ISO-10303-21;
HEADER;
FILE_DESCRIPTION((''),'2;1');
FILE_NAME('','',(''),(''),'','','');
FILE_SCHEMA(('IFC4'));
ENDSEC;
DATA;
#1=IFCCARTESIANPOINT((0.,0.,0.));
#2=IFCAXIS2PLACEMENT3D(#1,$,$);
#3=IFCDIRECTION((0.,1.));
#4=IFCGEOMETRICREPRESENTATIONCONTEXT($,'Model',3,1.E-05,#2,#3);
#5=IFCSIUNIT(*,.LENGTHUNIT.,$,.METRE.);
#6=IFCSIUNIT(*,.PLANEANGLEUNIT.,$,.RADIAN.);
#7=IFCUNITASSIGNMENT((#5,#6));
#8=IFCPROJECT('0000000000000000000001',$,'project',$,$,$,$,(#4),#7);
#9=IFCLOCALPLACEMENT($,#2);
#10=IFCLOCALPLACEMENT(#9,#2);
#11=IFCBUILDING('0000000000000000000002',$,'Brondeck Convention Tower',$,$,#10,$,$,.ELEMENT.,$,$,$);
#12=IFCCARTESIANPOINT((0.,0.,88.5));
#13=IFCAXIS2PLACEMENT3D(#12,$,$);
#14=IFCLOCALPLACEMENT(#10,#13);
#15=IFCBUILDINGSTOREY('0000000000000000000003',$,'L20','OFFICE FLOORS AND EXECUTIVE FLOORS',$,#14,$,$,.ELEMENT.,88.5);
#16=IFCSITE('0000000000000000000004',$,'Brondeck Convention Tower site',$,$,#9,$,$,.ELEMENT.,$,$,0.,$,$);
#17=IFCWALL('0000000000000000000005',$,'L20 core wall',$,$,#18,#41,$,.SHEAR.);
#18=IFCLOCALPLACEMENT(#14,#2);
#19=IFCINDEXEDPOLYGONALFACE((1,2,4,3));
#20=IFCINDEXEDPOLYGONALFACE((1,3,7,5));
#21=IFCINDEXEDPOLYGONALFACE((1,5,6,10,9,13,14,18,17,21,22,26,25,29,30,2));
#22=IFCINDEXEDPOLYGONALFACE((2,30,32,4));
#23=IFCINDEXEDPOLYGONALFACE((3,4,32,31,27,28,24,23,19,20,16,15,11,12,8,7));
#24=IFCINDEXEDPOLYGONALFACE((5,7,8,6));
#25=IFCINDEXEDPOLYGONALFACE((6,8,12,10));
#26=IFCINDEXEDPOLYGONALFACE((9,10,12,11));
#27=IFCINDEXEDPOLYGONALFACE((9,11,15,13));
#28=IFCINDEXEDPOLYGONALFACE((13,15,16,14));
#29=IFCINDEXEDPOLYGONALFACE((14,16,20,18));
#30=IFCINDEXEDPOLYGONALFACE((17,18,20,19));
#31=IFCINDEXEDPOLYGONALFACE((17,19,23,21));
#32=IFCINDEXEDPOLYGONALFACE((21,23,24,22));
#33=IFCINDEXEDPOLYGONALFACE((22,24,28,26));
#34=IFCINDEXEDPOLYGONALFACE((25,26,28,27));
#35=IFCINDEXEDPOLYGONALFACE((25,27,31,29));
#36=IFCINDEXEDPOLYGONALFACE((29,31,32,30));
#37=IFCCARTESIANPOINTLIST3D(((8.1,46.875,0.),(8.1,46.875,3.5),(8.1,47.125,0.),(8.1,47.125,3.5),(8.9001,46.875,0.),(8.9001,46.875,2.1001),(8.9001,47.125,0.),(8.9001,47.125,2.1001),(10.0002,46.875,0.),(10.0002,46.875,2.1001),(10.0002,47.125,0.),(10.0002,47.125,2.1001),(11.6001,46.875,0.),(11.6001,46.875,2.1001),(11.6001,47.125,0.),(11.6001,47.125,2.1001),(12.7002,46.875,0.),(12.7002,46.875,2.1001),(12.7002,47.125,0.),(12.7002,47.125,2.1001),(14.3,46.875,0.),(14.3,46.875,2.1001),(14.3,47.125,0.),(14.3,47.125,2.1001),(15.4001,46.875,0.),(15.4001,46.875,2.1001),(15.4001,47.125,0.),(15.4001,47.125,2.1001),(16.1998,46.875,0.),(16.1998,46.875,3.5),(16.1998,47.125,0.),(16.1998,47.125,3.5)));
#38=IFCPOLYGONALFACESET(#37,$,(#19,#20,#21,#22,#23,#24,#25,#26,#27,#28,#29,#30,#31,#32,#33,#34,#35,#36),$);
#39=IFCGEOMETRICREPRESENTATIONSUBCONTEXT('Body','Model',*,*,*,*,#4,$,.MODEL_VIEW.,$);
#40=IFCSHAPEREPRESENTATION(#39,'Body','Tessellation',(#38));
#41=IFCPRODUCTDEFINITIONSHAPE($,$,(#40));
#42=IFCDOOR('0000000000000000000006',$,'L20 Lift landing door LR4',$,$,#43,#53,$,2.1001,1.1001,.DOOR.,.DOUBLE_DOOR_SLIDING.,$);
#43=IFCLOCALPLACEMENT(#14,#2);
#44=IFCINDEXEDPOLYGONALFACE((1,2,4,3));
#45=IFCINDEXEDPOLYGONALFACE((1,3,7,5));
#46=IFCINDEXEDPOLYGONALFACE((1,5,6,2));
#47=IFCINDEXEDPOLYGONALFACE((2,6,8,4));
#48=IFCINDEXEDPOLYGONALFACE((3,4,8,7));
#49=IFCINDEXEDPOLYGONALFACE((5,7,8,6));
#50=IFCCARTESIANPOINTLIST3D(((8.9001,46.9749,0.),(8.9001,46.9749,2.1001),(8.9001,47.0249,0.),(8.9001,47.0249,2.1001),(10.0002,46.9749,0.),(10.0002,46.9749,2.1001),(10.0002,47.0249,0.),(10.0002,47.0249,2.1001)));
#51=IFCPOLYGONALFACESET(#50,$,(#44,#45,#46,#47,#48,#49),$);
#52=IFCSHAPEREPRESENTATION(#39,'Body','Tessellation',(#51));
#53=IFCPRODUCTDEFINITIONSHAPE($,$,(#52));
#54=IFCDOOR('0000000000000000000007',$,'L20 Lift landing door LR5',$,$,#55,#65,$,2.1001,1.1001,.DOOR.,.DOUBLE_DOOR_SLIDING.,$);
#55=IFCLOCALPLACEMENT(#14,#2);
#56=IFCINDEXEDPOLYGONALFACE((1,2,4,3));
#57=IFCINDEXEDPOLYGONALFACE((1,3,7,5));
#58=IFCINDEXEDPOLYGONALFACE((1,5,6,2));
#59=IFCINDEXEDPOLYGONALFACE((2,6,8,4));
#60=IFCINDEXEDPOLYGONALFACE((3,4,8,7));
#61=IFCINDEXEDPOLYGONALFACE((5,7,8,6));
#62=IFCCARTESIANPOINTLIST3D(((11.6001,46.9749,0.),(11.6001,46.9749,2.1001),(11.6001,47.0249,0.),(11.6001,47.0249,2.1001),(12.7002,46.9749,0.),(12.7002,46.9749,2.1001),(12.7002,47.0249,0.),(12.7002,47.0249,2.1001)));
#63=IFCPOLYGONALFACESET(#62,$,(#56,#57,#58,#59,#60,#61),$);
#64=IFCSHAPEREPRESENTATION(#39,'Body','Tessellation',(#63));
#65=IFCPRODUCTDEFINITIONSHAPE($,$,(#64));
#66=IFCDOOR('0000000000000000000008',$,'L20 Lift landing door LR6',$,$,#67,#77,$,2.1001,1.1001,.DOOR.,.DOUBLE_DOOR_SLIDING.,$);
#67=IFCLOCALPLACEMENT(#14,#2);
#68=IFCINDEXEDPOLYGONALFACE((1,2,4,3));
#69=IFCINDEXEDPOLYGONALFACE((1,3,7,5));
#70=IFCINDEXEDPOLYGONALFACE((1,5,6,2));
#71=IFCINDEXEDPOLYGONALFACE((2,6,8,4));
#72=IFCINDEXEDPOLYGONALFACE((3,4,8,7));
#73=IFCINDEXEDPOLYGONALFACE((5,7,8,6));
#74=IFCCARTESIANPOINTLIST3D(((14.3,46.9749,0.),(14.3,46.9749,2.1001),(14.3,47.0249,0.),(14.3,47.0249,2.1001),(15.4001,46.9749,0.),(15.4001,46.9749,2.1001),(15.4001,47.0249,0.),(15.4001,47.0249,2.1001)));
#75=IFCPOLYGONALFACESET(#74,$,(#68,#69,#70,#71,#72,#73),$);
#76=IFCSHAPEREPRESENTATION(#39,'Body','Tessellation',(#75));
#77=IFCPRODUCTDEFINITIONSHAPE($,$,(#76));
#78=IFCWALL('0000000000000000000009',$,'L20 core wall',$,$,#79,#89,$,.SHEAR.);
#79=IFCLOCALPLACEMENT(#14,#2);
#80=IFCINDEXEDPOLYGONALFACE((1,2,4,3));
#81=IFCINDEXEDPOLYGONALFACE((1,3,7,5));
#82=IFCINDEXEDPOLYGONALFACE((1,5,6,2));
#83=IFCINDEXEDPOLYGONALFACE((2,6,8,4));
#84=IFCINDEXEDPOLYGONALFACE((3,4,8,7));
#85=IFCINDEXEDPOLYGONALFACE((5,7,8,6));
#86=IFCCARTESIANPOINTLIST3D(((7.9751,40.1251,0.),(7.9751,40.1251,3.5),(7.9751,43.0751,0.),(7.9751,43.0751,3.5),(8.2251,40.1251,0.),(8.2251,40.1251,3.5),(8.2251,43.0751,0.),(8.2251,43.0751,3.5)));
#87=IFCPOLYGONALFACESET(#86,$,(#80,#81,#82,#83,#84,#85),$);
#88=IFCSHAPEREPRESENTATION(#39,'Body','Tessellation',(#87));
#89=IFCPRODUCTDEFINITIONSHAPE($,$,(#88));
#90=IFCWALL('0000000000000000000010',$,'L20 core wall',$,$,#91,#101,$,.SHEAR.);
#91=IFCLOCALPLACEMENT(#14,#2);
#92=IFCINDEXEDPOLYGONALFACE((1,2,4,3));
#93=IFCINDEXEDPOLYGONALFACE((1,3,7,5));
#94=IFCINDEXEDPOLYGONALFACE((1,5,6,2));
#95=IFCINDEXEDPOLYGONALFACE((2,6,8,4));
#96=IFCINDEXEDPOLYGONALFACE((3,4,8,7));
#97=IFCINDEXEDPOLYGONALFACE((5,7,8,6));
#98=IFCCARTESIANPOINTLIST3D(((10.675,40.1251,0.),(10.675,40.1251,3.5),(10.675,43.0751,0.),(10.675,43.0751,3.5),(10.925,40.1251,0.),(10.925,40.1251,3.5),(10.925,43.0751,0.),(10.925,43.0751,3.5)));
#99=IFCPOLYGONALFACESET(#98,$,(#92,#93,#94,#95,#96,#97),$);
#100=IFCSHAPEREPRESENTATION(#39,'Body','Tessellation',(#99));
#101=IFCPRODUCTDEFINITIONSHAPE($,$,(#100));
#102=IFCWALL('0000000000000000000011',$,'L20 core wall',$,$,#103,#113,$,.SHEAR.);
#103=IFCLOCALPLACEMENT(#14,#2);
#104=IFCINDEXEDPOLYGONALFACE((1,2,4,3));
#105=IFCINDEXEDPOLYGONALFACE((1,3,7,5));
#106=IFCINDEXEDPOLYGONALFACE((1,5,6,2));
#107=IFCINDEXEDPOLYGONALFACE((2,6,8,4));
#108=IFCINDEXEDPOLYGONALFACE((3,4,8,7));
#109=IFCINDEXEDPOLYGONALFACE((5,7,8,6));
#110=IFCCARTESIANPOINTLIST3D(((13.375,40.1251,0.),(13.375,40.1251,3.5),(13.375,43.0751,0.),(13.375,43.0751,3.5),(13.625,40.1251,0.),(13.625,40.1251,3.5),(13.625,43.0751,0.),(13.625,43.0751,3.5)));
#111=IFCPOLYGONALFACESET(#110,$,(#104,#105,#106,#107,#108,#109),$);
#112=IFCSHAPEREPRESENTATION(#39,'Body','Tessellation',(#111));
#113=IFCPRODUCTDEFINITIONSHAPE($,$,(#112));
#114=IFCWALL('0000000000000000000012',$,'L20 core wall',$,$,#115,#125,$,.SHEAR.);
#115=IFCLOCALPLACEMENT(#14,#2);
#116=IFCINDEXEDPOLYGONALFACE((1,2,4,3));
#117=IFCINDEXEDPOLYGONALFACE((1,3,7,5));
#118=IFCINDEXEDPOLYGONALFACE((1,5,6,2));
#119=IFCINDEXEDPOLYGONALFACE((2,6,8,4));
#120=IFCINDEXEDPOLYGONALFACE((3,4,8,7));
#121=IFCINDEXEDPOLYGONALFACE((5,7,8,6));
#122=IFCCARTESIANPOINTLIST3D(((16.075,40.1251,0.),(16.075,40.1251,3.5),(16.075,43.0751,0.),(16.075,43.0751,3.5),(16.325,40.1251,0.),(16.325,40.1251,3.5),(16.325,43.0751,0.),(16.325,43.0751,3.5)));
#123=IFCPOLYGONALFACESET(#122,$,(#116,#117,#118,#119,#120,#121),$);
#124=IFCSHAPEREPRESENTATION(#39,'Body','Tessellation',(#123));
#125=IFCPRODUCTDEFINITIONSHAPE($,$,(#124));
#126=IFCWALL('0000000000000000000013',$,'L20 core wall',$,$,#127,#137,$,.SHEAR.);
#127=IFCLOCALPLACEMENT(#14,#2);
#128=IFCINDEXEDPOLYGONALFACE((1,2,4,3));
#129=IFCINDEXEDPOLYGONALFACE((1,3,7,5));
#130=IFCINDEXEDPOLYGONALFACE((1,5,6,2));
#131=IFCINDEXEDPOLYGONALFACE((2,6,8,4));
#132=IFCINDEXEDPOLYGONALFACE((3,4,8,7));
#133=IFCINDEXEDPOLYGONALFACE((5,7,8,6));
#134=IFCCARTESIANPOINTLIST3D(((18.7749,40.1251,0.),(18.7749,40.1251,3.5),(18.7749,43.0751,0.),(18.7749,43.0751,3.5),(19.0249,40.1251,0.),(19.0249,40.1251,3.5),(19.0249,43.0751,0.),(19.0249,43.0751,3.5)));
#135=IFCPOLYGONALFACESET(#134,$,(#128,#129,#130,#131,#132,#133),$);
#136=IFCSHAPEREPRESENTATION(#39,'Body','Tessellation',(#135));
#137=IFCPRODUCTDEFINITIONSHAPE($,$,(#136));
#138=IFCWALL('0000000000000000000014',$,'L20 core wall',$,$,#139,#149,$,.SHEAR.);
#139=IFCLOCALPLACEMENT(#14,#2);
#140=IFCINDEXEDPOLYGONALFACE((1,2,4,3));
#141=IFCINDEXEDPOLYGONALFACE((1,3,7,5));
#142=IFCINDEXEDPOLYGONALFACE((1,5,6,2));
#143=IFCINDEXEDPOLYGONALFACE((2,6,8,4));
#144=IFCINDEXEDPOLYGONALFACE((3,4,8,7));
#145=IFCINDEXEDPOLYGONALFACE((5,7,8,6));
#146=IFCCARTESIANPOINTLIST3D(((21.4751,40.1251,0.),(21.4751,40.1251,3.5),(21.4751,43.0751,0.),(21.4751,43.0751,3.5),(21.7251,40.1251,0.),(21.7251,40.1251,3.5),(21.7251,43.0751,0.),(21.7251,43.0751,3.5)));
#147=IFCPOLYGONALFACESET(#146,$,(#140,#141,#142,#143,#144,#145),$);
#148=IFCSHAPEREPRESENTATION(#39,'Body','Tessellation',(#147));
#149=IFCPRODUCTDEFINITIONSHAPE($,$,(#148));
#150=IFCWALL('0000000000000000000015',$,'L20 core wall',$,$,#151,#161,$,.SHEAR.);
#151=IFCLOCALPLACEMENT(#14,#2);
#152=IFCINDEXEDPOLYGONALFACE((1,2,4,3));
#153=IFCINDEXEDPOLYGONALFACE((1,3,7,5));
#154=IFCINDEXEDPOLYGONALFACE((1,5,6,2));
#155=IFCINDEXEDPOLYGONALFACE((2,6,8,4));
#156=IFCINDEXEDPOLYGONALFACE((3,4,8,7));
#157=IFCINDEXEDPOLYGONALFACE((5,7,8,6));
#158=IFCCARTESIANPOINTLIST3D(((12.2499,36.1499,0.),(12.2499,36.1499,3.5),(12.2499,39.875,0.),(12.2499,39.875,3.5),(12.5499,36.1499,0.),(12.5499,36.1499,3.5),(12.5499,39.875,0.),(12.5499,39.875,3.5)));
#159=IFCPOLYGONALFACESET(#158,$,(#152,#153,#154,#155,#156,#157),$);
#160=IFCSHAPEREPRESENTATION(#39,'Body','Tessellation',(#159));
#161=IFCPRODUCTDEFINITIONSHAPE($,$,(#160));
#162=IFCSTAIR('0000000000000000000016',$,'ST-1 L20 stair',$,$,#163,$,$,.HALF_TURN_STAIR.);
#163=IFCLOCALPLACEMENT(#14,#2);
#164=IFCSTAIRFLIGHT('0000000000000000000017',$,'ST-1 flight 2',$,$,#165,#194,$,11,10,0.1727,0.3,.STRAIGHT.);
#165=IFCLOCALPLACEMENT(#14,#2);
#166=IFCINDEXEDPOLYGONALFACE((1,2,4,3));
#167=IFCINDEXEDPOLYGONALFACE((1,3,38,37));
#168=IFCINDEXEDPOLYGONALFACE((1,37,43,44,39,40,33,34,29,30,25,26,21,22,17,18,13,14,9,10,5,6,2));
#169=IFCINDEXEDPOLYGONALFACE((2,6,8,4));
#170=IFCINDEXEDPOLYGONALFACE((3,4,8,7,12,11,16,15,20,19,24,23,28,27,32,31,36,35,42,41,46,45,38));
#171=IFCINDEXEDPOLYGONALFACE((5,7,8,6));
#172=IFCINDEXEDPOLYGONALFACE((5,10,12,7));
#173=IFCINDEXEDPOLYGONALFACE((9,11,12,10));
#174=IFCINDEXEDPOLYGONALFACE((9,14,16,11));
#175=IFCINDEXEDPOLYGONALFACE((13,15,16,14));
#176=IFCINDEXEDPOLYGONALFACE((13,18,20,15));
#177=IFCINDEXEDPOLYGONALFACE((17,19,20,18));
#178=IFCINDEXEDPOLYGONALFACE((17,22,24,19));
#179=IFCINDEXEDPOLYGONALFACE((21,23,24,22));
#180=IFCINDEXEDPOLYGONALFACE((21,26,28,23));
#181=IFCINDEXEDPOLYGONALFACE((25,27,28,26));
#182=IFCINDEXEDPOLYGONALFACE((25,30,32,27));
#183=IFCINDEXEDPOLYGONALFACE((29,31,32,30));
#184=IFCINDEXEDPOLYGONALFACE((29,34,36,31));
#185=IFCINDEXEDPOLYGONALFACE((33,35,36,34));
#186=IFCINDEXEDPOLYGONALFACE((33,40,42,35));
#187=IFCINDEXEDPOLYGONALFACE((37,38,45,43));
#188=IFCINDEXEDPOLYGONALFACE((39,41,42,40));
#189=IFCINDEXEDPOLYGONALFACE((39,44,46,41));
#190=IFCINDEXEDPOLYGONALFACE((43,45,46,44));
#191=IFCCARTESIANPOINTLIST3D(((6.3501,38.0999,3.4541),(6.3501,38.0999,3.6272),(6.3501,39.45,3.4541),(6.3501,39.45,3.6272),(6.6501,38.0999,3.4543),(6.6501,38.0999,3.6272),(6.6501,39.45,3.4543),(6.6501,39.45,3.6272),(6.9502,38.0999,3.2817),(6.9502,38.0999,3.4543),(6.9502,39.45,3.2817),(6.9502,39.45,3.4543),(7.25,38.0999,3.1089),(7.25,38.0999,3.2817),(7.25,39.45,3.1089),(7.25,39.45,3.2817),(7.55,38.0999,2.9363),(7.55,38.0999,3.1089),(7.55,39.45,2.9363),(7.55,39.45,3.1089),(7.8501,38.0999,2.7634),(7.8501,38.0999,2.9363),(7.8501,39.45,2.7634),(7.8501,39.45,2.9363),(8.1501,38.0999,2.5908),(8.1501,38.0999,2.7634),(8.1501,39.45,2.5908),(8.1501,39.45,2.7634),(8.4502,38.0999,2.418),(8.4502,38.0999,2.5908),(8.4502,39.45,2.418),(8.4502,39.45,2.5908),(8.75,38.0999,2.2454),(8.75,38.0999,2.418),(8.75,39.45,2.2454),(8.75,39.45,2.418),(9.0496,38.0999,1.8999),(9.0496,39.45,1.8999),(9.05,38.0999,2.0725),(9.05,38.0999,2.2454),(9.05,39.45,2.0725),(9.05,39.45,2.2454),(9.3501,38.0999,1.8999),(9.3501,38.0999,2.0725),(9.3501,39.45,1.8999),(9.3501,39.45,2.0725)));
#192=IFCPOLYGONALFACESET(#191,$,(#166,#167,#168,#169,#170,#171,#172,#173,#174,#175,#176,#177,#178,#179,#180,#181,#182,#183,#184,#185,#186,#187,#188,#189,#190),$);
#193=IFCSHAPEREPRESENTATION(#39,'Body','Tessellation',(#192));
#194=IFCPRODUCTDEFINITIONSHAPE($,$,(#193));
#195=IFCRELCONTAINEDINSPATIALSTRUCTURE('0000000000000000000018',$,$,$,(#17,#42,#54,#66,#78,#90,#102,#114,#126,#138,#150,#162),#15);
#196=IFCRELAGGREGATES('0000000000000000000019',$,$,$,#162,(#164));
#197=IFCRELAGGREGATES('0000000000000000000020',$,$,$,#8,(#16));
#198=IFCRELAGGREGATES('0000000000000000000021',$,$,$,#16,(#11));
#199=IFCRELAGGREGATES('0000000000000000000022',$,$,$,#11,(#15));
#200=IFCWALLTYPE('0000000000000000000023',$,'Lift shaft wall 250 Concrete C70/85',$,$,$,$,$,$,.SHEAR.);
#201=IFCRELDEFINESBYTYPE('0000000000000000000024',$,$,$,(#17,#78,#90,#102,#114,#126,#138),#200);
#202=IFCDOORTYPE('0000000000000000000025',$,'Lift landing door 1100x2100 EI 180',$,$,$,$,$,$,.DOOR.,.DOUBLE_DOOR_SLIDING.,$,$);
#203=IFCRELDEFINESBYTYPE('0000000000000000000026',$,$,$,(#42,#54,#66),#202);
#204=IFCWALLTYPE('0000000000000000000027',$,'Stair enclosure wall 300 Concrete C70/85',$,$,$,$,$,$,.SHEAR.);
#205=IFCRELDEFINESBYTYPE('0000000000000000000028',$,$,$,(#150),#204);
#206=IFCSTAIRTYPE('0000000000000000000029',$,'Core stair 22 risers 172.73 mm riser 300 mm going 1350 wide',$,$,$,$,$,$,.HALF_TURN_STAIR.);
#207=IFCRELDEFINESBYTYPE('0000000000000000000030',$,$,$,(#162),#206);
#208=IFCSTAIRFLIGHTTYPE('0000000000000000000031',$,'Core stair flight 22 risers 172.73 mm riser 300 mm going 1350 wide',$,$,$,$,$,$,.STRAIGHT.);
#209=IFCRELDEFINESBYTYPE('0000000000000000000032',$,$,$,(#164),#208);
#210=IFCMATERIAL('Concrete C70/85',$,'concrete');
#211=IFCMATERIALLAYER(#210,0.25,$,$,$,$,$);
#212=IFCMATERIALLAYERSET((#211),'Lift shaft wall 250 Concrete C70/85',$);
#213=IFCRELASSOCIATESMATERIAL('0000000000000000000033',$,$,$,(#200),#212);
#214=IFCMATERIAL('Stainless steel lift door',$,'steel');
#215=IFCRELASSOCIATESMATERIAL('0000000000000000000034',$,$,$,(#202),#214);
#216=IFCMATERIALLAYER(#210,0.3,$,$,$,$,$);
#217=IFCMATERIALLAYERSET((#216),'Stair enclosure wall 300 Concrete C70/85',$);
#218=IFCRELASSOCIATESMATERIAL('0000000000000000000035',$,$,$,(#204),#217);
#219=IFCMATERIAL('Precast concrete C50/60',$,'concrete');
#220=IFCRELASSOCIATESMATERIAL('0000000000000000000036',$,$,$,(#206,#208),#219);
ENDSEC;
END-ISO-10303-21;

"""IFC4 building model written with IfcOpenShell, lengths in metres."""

from ifc_helpers import new_model, si_unit, direction, frame, frame_2d, origin, place, context, subcontext, project, spatial, polyline, rectangle, outline, extrude, material, layer, layer_set, type_object, element, fill, aggregate, save


model = new_model("IFC4")

# Units and contexts
model_context = context("Model", 3, precision=1e-05, world=origin(), true_north=direction((0.0, 1.0)))
body_context = subcontext(model_context, "Body", "Model", "MODEL_VIEW")
ifc_project = project(units=[si_unit("LENGTHUNIT", "METRE"), si_unit("PLANEANGLEUNIT", "RADIAN")], contexts=[model_context])

# Site, building, storey
site_placement = place(None, origin())
site = spatial("IfcSite", under=ifc_project, at=site_placement, Name="Brondeck Convention Tower site", CompositionType="ELEMENT", RefElevation=0.0)
building_placement = place(site_placement, origin())
building = spatial("IfcBuilding", under=site, at=building_placement, Name="Brondeck Convention Tower", CompositionType="ELEMENT")
storey_placement = place(building_placement, frame((0.0, 0.0, 88.5)))
storey = spatial("IfcBuildingStorey", under=building, at=storey_placement, Name="L20", Description="OFFICE FLOORS AND EXECUTIVE FLOORS", CompositionType="ELEMENT", Elevation=88.5)

# Wall, openings, doors
ifc_material_1 = material(Name="Concrete C70/85", Category="concrete")
ifc_layer_1 = layer(ifc_material_1, 0.25)
ifc_layer_set_1 = layer_set([ifc_layer_1], Name="Lift shaft wall 250 Concrete C70/85")
wall_type_1 = type_object("IfcWallType", Name="Lift shaft wall 250 Concrete C70/85", PredefinedType="SHEAR", material=ifc_layer_set_1)
ifc_material_2 = material(Name="Stainless steel lift door", Category="steel")
door_type_1 = type_object("IfcDoorType", Name="Lift landing door 1100x2100 EI 180", OperationType="DOUBLE_DOOR_SLIDING", PredefinedType="DOOR", material=ifc_material_2)
wall_1_placement = place(storey_placement, frame((8.1001, 47.0, 0.0), z_axis=(0.0, 0.0, 1.0), x_axis=(1.0, 0.0, 0.0)))
wall_1 = element("IfcWall", 1, at=wall_1_placement, inside=storey, type_object=wall_type_1, Name="L20 core wall", PredefinedType="SHEAR", context=body_context, shape_type="SweptSolid", body=[
    extrude(rectangle(XDim=8.0999, YDim=0.25, at=frame_2d((4.0498, 0.0))), origin(), (0.0, 0.0, 1.0), 3.5),
])
opening_1_placement = place(wall_1_placement, frame((0.8, 0.0, 0.0)))
opening_1 = element("IfcOpeningElement", 2, at=opening_1_placement, cuts=wall_1, PredefinedType="OPENING", context=body_context, shape_type="SweptSolid", body=[
    extrude(rectangle(XDim=1.1001, YDim=2.1001, at=frame_2d((0.55, 1.05))), frame((0.0, 0.135, 0.0), z_axis=(0.0, -1.0, 0.0), x_axis=(1.0, 0.0, 0.0)), (0.0, 0.0, 1.0), 0.27),
])
opening_2_placement = place(wall_1_placement, frame((3.5, 0.0, 0.0)))
opening_2 = element("IfcOpeningElement", 3, at=opening_2_placement, cuts=wall_1, PredefinedType="OPENING", context=body_context, shape_type="SweptSolid", body=[
    extrude(rectangle(XDim=1.1001, YDim=2.1001, at=frame_2d((0.55, 1.05))), frame((0.0, 0.135, 0.0), z_axis=(0.0, -1.0, 0.0), x_axis=(1.0, 0.0, 0.0)), (0.0, 0.0, 1.0), 0.27),
])
opening_3_placement = place(wall_1_placement, frame((6.2, 0.0, 0.0)))
opening_3 = element("IfcOpeningElement", 4, at=opening_3_placement, cuts=wall_1, PredefinedType="OPENING", context=body_context, shape_type="SweptSolid", body=[
    extrude(rectangle(XDim=1.1001, YDim=2.1001, at=frame_2d((0.55, 1.05))), frame((0.0, 0.135, 0.0), z_axis=(0.0, -1.0, 0.0), x_axis=(1.0, 0.0, 0.0)), (0.0, 0.0, 1.0), 0.27),
])
door_1_placement = place(opening_1_placement, origin())
door_1 = element("IfcDoor", 5, at=door_1_placement, inside=storey, type_object=door_type_1, Name="L20 Lift landing door LR4", OperationType="DOUBLE_DOOR_SLIDING", OverallHeight=2.1001, OverallWidth=1.1001, PredefinedType="DOOR", context=body_context, shape_type="SweptSolid", body=[
    extrude(rectangle(XDim=1.1001, YDim=2.1001, at=frame_2d((0.55, 1.05))), frame((0.0, 0.0249, 0.0), z_axis=(0.0, -1.0, 0.0), x_axis=(1.0, 0.0, 0.0)), (0.0, 0.0, 1.0), 0.05),
])
fill(opening_1, door_1)
door_2_placement = place(opening_2_placement, origin())
door_2 = element("IfcDoor", 6, at=door_2_placement, inside=storey, type_object=door_type_1, Name="L20 Lift landing door LR5", OperationType="DOUBLE_DOOR_SLIDING", OverallHeight=2.1001, OverallWidth=1.1001, PredefinedType="DOOR", context=body_context, shape_type="SweptSolid", body=[
    extrude(rectangle(XDim=1.1001, YDim=2.1001, at=frame_2d((0.55, 1.05))), frame((0.0, 0.0249, 0.0), z_axis=(0.0, -1.0, 0.0), x_axis=(1.0, 0.0, 0.0)), (0.0, 0.0, 1.0), 0.05),
])
fill(opening_2, door_2)
door_3_placement = place(opening_3_placement, origin())
door_3 = element("IfcDoor", 7, at=door_3_placement, inside=storey, type_object=door_type_1, Name="L20 Lift landing door LR6", OperationType="DOUBLE_DOOR_SLIDING", OverallHeight=2.1001, OverallWidth=1.1001, PredefinedType="DOOR", context=body_context, shape_type="SweptSolid", body=[
    extrude(rectangle(XDim=1.1001, YDim=2.1001, at=frame_2d((0.55, 1.05))), frame((0.0, 0.0249, 0.0), z_axis=(0.0, -1.0, 0.0), x_axis=(1.0, 0.0, 0.0)), (0.0, 0.0, 1.0), 0.05),
])
fill(opening_3, door_3)

# Walls
for number, where, z_axis, x_axis, name in (
    (8, (8.1001, 40.125, 0.0), (0.0, 0.0, 1.0), (0.0, 1.0, 0.0), "L20 core wall"),
    (9, (10.8, 40.125, 0.0), (0.0, 0.0, 1.0), (0.0, 1.0, 0.0), "L20 core wall"),
    (10, (13.5, 40.125, 0.0), (0.0, 0.0, 1.0), (0.0, 1.0, 0.0), "L20 core wall"),
    (11, (16.2, 40.125, 0.0), (0.0, 0.0, 1.0), (0.0, 1.0, 0.0), "L20 core wall"),
    (12, (18.8999, 40.125, 0.0), (0.0, 0.0, 1.0), (0.0, 1.0, 0.0), "L20 core wall"),
    (13, (21.6001, 40.125, 0.0), (0.0, 0.0, 1.0), (0.0, 1.0, 0.0), "L20 core wall"),
):
    element("IfcWall", number, at=place(storey_placement, frame(where, z_axis=z_axis, x_axis=x_axis)), inside=storey, type_object=wall_type_1, Name=name, PredefinedType="SHEAR", context=body_context, shape_type="SweptSolid", body=[
        extrude(rectangle(XDim=2.95, YDim=0.25, at=frame_2d((1.4751, 0.0))), origin(), (0.0, 0.0, 1.0), 3.5),
    ])
ifc_layer_2 = layer(ifc_material_1, 0.3)
ifc_layer_set_2 = layer_set([ifc_layer_2], Name="Stair enclosure wall 300 Concrete C70/85")
wall_type_2 = type_object("IfcWallType", Name="Stair enclosure wall 300 Concrete C70/85", PredefinedType="SHEAR", material=ifc_layer_set_2)
wall_2_placement = place(storey_placement, frame((12.3999, 36.1499, 0.0), z_axis=(0.0, 0.0, 1.0), x_axis=(0.0, 1.0, 0.0)))
element("IfcWall", 14, at=wall_2_placement, inside=storey, type_object=wall_type_2, Name="L20 core wall", PredefinedType="SHEAR", context=body_context, shape_type="SweptSolid", body=[
    extrude(rectangle(XDim=3.7251, YDim=0.3, at=frame_2d((1.8625, 0.0))), origin(), (0.0, 0.0, 1.0), 3.5),
])

# Stair, stair flight
ifc_material_3 = material(Name="Precast concrete C50/60", Category="concrete")
stair_type = type_object("IfcStairType", Name="Core stair 22 risers 172.73 mm riser 300 mm going 1350 wide", PredefinedType="HALF_TURN_STAIR", material=ifc_material_3)
stair_placement = place(storey_placement, origin())
stair = element("IfcStair", 15, at=stair_placement, inside=storey, type_object=stair_type, Name="ST-1 L20 stair", PredefinedType="HALF_TURN_STAIR")
stair_flight_type = type_object("IfcStairFlightType", Name="Core stair flight 22 risers 172.73 mm riser 300 mm going 1350 wide", PredefinedType="STRAIGHT", material=ifc_material_3)
stair_flight_placement = place(storey_placement, frame((9.3501, 38.7749, 1.8999), z_axis=(0.0, 0.0, 1.0), x_axis=(-1.0, 0.0, 0.0)))
stair_flight = element("IfcStairFlight", 16, at=stair_flight_placement, type_object=stair_flight_type, Name="ST-1 flight 2", NumberOfRisers=11, NumberOfTreads=10, PredefinedType="STRAIGHT", RiserHeight=0.1727, TreadLength=0.3, context=body_context, shape_type="SweptSolid", body=[
    extrude(outline(polyline([(0.0, 0.0), (0.0, 0.1726), (0.3, 0.1726), (0.3, 0.3455), (0.6001, 0.3455), (0.6001, 0.5181), (0.8999, 0.5181), (0.8999, 0.6909), (1.2, 0.6909), (1.2, 0.8635), (1.5, 0.8635), (1.5, 1.0364), (1.8, 1.0364), (1.8, 1.209), (2.1001, 1.209), (2.1001, 1.3818), (2.3999, 1.3818), (2.3999, 1.5544), (2.7, 1.5544), (2.7, 1.7273), (3.0, 1.7273), (3.0, 1.8999), (3.0, 1.5542), (0.3005, 0.0), (0.0, 0.0)])), frame((0.0, 0.675, 0.0), z_axis=(0.0, -1.0, 0.0), x_axis=(1.0, 0.0, 0.0)), (0.0, 0.0, 1.0), 1.3501),
])
aggregate(stair, [stair_flight])

save(model, "model.ifc")
